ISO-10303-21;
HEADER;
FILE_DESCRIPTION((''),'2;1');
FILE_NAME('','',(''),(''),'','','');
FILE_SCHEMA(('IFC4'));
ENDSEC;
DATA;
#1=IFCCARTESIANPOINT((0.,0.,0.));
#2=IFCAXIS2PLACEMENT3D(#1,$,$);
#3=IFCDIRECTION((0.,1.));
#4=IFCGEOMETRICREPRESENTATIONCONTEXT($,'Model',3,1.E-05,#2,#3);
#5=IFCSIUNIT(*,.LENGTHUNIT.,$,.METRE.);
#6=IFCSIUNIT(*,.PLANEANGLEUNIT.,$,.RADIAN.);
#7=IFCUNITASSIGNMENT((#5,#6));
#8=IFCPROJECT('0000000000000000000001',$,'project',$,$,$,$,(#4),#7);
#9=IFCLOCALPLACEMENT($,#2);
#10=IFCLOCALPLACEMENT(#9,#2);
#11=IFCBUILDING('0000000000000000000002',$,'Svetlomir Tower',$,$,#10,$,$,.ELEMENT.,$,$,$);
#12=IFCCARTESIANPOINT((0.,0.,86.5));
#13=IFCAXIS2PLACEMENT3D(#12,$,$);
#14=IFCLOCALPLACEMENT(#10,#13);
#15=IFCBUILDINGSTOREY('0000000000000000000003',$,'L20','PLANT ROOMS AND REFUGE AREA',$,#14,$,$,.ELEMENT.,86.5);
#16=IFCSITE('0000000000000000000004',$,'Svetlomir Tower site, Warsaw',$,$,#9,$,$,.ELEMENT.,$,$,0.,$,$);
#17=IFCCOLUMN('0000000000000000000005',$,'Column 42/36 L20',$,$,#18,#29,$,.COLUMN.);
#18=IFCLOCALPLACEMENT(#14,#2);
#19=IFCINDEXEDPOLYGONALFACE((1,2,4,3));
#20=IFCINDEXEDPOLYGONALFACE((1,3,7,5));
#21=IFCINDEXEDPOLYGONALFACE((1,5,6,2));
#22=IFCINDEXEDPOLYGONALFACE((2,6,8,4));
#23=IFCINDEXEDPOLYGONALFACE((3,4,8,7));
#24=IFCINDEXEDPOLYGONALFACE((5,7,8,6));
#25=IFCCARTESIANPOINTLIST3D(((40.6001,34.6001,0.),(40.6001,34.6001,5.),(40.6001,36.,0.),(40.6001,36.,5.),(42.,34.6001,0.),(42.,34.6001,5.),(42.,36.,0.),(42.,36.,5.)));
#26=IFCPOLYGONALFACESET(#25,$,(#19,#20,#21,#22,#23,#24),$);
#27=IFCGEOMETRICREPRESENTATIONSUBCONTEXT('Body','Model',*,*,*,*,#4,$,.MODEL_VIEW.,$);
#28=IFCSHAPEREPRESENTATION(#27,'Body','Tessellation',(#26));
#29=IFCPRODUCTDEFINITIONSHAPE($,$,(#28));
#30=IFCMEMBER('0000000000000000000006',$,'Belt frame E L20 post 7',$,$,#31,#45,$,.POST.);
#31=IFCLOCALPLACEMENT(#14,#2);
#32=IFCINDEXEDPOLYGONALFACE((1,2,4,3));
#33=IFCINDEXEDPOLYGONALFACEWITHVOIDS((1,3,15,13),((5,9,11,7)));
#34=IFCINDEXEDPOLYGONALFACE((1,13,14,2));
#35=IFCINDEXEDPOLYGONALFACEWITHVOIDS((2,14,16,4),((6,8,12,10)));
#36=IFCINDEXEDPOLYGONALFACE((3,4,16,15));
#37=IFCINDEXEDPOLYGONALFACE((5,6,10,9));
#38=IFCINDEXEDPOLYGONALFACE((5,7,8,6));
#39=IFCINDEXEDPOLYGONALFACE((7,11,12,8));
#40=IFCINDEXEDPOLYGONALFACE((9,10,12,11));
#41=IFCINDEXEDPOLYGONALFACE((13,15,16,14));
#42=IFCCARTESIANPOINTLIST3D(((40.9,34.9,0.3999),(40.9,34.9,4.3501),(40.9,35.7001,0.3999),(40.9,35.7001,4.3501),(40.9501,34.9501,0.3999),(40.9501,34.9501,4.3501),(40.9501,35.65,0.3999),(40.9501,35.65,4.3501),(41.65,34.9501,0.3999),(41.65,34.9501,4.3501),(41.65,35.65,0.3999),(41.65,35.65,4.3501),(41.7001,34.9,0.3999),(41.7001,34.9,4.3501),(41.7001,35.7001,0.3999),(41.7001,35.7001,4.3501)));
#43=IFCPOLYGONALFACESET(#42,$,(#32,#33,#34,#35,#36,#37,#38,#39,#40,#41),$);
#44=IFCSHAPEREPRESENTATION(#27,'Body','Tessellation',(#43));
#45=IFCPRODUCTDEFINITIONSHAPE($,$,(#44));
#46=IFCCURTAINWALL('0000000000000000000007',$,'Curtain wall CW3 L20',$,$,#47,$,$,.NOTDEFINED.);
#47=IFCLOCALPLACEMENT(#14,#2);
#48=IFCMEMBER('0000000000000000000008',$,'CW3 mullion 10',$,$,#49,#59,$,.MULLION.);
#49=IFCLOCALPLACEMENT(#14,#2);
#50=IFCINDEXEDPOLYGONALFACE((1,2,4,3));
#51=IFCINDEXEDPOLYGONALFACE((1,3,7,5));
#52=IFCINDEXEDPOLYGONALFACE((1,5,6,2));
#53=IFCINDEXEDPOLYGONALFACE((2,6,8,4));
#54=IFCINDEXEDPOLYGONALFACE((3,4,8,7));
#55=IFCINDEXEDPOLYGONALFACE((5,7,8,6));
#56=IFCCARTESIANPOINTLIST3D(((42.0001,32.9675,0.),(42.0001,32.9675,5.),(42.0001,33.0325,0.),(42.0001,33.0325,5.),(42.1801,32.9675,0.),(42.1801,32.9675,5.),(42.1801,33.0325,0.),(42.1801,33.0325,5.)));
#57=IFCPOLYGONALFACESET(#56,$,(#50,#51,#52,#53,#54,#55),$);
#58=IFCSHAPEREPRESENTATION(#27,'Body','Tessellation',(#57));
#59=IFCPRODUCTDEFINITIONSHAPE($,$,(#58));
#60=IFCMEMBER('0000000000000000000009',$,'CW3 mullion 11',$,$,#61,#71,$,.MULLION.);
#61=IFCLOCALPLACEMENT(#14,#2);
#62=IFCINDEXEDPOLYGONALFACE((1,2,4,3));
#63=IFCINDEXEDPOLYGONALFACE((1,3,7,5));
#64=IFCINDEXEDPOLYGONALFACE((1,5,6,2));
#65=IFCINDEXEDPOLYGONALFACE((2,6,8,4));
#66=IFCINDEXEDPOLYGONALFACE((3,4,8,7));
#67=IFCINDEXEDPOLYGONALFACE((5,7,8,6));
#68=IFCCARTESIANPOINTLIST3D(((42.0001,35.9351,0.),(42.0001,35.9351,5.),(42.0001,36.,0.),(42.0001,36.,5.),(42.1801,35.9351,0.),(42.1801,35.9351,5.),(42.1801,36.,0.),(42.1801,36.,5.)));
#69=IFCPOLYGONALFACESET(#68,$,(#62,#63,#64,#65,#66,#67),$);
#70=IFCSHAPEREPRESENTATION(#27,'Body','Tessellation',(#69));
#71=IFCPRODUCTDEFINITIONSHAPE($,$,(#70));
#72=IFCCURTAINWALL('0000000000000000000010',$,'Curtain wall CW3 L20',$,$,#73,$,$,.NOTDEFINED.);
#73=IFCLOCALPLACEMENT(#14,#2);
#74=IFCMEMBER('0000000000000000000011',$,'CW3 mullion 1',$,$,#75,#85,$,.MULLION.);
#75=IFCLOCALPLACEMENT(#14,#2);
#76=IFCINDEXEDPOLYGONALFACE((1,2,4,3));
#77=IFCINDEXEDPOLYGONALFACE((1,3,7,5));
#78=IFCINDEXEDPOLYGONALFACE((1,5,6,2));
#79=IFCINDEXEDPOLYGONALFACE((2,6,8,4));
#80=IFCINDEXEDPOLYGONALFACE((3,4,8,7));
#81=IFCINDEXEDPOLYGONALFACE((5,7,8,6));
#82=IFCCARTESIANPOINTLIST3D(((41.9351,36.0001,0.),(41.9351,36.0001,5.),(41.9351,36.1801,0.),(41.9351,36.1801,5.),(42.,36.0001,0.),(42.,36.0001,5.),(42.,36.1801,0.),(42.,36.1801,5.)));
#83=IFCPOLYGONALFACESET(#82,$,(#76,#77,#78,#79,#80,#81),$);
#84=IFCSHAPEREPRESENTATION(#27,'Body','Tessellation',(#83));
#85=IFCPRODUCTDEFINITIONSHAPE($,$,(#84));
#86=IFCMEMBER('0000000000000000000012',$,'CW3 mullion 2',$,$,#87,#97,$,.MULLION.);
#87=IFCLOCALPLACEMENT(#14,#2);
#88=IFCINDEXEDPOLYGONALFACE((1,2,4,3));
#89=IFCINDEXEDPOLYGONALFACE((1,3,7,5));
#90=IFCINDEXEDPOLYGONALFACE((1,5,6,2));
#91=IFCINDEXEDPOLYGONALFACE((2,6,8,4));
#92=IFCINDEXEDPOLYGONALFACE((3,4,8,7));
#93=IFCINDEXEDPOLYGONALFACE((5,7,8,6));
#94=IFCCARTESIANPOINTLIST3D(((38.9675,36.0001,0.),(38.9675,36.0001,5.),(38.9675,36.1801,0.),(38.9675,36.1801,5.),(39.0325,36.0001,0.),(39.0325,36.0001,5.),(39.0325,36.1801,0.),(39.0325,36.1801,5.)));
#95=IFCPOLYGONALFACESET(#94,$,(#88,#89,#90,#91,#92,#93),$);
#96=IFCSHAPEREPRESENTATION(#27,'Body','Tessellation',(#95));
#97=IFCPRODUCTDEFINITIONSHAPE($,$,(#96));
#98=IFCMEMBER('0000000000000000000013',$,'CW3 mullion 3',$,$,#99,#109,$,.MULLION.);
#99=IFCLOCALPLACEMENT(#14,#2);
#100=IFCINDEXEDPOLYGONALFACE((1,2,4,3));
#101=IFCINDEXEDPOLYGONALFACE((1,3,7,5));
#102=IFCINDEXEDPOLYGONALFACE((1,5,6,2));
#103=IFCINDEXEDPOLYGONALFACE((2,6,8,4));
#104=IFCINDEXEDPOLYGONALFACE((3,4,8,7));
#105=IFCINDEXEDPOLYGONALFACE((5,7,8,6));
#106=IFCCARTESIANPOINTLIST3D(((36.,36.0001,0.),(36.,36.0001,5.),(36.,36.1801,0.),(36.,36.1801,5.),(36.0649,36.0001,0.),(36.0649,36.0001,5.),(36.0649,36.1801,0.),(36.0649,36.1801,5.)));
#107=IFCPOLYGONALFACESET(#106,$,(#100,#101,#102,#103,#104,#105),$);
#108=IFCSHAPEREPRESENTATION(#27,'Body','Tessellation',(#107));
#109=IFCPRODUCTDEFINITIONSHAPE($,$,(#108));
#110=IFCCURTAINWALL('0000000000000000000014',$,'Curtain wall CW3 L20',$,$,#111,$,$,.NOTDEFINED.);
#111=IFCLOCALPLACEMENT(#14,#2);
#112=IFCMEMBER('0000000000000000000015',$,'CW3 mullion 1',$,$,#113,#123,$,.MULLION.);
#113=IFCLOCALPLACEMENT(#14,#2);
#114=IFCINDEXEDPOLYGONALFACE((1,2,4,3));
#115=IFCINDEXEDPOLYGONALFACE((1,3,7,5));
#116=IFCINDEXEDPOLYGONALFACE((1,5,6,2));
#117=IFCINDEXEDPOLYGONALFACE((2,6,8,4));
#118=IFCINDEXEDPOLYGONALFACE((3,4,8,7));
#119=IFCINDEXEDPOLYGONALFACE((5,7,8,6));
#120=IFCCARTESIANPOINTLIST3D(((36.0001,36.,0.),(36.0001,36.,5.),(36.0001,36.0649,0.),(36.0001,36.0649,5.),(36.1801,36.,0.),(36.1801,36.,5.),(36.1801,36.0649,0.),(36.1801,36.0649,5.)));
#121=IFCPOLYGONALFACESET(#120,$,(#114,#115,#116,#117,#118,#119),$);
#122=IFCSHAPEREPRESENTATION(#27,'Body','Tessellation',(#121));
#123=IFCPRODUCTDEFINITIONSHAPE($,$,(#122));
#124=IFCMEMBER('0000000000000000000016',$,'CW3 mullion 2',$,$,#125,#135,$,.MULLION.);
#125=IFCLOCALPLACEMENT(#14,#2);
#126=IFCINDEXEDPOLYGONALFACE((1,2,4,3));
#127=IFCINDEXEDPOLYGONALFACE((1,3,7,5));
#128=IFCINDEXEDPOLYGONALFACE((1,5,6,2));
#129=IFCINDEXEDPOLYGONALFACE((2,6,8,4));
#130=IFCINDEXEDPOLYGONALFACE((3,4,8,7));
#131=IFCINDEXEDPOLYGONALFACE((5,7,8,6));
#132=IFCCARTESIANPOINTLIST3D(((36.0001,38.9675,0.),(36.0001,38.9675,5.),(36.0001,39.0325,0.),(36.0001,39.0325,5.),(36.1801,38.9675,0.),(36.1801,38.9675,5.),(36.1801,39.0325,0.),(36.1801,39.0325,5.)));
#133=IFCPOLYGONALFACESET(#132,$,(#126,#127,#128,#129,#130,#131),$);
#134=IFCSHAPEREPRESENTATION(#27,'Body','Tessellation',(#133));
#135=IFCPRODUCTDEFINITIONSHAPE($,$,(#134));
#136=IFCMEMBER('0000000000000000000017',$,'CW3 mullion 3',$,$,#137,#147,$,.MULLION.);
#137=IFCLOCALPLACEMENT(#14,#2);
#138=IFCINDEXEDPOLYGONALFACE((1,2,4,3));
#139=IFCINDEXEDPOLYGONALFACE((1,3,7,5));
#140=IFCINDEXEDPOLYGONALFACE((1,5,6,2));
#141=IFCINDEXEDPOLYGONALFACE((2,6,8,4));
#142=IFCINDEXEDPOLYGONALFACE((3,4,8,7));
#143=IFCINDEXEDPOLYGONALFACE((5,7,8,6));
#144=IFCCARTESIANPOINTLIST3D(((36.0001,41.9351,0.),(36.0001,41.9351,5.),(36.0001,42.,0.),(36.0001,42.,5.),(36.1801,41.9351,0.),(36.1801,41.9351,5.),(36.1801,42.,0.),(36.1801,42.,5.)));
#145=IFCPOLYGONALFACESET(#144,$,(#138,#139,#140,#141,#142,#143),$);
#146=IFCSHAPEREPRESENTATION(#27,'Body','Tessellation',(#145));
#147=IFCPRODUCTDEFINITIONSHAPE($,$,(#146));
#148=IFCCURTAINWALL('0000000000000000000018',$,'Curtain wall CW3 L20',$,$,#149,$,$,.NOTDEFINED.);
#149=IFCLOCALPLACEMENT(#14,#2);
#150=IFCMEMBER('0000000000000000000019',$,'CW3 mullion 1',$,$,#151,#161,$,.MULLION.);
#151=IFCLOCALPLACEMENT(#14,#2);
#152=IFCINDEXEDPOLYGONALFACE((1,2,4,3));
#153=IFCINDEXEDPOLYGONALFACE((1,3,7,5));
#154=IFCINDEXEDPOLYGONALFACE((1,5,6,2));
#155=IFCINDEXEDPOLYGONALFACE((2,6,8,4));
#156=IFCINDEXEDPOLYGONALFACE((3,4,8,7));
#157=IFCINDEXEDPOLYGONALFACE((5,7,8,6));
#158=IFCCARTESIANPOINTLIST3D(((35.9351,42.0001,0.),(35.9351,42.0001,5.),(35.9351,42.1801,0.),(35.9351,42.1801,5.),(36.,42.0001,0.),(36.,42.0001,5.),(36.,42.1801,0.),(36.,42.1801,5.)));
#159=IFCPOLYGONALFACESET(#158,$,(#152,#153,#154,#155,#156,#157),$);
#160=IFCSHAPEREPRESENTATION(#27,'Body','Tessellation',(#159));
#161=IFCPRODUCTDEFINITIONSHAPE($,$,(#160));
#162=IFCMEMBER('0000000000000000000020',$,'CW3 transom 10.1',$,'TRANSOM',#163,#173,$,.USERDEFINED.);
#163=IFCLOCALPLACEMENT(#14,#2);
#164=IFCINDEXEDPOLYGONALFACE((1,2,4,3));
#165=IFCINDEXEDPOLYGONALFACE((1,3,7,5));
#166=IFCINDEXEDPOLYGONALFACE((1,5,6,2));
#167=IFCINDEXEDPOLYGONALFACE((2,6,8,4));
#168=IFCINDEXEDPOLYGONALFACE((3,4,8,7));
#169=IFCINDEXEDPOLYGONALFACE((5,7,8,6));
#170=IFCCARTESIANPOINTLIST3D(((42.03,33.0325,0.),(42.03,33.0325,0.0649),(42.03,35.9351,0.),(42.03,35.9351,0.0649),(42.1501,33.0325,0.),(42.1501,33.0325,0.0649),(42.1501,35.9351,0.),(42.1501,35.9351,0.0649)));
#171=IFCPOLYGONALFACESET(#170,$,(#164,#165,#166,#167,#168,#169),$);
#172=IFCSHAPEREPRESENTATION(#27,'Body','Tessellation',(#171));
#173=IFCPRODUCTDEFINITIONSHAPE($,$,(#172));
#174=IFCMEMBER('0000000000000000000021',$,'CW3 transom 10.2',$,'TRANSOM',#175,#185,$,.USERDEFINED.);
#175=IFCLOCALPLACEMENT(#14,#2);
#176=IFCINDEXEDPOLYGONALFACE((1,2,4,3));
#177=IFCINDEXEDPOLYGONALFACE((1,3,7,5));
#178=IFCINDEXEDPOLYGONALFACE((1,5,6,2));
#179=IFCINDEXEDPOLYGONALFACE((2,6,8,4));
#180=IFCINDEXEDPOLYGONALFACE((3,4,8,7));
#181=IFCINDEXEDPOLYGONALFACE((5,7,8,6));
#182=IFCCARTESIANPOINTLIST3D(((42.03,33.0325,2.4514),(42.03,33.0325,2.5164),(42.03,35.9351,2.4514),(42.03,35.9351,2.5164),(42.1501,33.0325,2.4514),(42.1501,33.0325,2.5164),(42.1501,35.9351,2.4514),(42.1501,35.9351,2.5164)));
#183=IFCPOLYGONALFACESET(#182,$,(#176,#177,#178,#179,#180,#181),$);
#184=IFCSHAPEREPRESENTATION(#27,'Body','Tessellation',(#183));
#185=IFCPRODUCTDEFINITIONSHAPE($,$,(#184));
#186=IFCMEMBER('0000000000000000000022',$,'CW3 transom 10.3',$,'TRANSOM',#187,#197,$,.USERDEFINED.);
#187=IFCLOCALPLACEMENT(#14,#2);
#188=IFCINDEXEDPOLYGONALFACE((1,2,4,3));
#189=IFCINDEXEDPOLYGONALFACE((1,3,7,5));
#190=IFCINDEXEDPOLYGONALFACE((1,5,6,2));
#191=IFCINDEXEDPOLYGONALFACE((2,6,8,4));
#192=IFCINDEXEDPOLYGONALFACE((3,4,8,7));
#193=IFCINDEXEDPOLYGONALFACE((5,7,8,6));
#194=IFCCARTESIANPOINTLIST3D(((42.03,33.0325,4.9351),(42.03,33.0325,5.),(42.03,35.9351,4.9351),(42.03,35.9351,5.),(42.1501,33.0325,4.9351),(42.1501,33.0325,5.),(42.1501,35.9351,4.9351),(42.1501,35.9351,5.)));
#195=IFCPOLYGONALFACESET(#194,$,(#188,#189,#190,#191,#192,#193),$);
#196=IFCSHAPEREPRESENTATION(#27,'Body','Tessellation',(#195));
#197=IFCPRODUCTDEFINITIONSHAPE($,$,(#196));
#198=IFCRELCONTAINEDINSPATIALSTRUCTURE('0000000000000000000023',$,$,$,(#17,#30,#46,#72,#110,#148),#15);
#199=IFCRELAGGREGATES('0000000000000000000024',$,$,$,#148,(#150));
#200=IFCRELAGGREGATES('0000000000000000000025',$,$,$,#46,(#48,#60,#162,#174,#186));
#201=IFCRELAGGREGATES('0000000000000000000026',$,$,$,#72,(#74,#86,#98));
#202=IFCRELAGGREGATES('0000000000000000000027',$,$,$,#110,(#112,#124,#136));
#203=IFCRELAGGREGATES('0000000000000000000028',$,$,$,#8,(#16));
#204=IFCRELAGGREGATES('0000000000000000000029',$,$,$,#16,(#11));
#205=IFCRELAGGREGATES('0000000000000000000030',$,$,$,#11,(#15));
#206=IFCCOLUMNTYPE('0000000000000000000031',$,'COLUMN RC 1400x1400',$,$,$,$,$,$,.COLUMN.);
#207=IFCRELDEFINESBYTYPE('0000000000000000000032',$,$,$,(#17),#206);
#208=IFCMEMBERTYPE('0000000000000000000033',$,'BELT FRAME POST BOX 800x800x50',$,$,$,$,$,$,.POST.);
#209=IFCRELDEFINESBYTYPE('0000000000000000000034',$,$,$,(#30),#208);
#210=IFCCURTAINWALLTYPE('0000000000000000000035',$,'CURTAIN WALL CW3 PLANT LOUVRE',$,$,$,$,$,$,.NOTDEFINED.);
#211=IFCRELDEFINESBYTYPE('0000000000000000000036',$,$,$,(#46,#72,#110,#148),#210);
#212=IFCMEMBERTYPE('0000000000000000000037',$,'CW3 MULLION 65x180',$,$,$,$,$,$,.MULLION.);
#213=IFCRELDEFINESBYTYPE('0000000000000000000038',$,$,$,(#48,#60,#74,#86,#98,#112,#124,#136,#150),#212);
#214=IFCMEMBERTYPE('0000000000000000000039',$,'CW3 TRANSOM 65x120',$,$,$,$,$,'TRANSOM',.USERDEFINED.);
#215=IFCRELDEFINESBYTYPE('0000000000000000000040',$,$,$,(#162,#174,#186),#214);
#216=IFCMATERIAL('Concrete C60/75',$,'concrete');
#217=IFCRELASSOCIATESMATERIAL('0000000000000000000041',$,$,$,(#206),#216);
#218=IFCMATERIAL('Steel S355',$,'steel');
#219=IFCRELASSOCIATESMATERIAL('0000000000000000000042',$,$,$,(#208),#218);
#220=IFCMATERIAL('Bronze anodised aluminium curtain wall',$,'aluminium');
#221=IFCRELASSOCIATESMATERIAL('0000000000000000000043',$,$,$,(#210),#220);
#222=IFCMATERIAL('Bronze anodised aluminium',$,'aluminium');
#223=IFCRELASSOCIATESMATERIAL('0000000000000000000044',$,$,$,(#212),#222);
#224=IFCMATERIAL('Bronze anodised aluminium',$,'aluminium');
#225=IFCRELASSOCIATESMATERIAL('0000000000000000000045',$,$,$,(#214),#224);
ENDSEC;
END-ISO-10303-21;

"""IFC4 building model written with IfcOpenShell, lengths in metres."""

from ifc_helpers import new_model, si_unit, direction, frame, origin, origin_2d, place, context, subcontext, project, spatial, rectangle, hollow_rectangle, extrude, material, material_profile, profile_set, type_object, element, aggregate, save


model = new_model("IFC4")

# Units and contexts
model_context = context("Model", 3, precision=1e-05, world=origin(), true_north=direction((0.0, 1.0)))
body_context = subcontext(model_context, "Body", "Model", "MODEL_VIEW")
ifc_project = project(units=[si_unit("LENGTHUNIT", "METRE"), si_unit("PLANEANGLEUNIT", "RADIAN")], contexts=[model_context])

# Site, building, storey
site_placement = place(None, origin())
site = spatial("IfcSite", under=ifc_project, at=site_placement, Name="Svetlomir Tower site, Warsaw", CompositionType="ELEMENT", RefElevation=0.0)
building_placement = place(site_placement, origin())
building = spatial("IfcBuilding", under=site, at=building_placement, Name="Svetlomir Tower", CompositionType="ELEMENT")
storey_placement = place(building_placement, frame((0.0, 0.0, 86.5)))
storey = spatial("IfcBuildingStorey", under=building, at=storey_placement, Name="L20", Description="PLANT ROOMS AND REFUGE AREA", CompositionType="ELEMENT", Elevation=86.5)

# Column
ifc_material_1 = material(Name="Concrete C60/75", Category="concrete")
ifc_material_profile_1 = material_profile(ifc_material_1, rectangle(XDim=1.3999, YDim=1.3999, at=origin_2d()), Name="RC 1400x1400")
ifc_profile_set_1 = profile_set([ifc_material_profile_1], Name="Concrete C60/75")
column_type = type_object("IfcColumnType", Name="COLUMN RC 1400x1400", PredefinedType="COLUMN", material=ifc_profile_set_1)
column_placement = place(storey_placement, frame((41.3, 35.3, 0.0), z_axis=(0.0, 0.0, 1.0), x_axis=(1.0, 0.0, 0.0)))
element("IfcColumn", 1, at=column_placement, inside=storey, type_object=column_type, Name="Column 42/36 L20", PredefinedType="COLUMN", context=body_context, shape_type="SweptSolid", body=[
    extrude(rectangle(XDim=1.3999, YDim=1.3999, at=origin_2d()), origin(), (0.0, 0.0, 1.0), 5.0),
])

# Member
ifc_material_2 = material(Name="Steel S355", Category="steel")
ifc_material_profile_2 = material_profile(ifc_material_2, hollow_rectangle(XDim=0.8, YDim=0.8, WallThickness=0.05, at=origin_2d()), Name="BOX 800x800x50")
ifc_profile_set_2 = profile_set([ifc_material_profile_2], Name="Steel S355")
member_type_1 = type_object("IfcMemberType", Name="BELT FRAME POST BOX 800x800x50", PredefinedType="POST", material=ifc_profile_set_2)
member_1_placement = place(storey_placement, frame((41.3, 35.3, 0.3999), z_axis=(0.0, 0.0, 1.0), x_axis=(1.0, 0.0, 0.0)))
element("IfcMember", 2, at=member_1_placement, inside=storey, type_object=member_type_1, Name="Belt frame E L20 post 7", PredefinedType="POST", context=body_context, shape_type="SweptSolid", body=[
    extrude(hollow_rectangle(XDim=0.8, YDim=0.8, WallThickness=0.05, at=origin_2d()), origin(), (0.0, 0.0, 1.0), 3.9502),
])

# Curtain walls, members
ifc_material_3 = material(Name="Bronze anodised aluminium curtain wall", Category="aluminium")
curtain_wall_type = type_object("IfcCurtainWallType", Name="CURTAIN WALL CW3 PLANT LOUVRE", PredefinedType="NOTDEFINED", material=ifc_material_3)
curtain_wall_1_placement = place(storey_placement, origin())
curtain_wall_1 = element("IfcCurtainWall", 3, at=curtain_wall_1_placement, inside=storey, type_object=curtain_wall_type, Name="Curtain wall CW3 L20", PredefinedType="NOTDEFINED")
ifc_material_4 = material(Name="Bronze anodised aluminium", Category="aluminium")
ifc_material_profile_3 = material_profile(ifc_material_4, rectangle(XDim=0.0649, YDim=0.1799, at=origin_2d()), Name="AL 65x180")
ifc_profile_set_3 = profile_set([ifc_material_profile_3], Name="Bronze anodised aluminium 6063-T6")
member_type_2 = type_object("IfcMemberType", Name="CW3 MULLION 65x180", PredefinedType="MULLION", material=ifc_profile_set_3)
member_2_placement = place(storey_placement, frame((42.0901, 33.0, 0.0), z_axis=(0.0, 0.0, 1.0), x_axis=(0.0, 1.0, 0.0)))
member_2 = element("IfcMember", 4, at=member_2_placement, type_object=member_type_2, Name="CW3 mullion 10", PredefinedType="MULLION", context=body_context, shape_type="SweptSolid", body=[
    extrude(rectangle(XDim=0.0649, YDim=0.1799, at=origin_2d()), origin(), (0.0, 0.0, 1.0), 5.0),
])
member_3_placement = place(storey_placement, frame((42.0901, 35.9675, 0.0), z_axis=(0.0, 0.0, 1.0), x_axis=(0.0, 1.0, 0.0)))
member_3 = element("IfcMember", 5, at=member_3_placement, type_object=member_type_2, Name="CW3 mullion 11", PredefinedType="MULLION", context=body_context, shape_type="SweptSolid", body=[
    extrude(rectangle(XDim=0.0649, YDim=0.1799, at=origin_2d()), origin(), (0.0, 0.0, 1.0), 5.0),
])
curtain_wall_2_placement = place(storey_placement, origin())
curtain_wall_2 = element("IfcCurtainWall", 6, at=curtain_wall_2_placement, inside=storey, type_object=curtain_wall_type, Name="Curtain wall CW3 L20", PredefinedType="NOTDEFINED")
member_4_placement = place(storey_placement, frame((41.9675, 36.0901, 0.0), z_axis=(0.0, 0.0, 1.0), x_axis=(-1.0, 0.0, 0.0)))
member_4 = element("IfcMember", 7, at=member_4_placement, type_object=member_type_2, Name="CW3 mullion 1", PredefinedType="MULLION", context=body_context, shape_type="SweptSolid", body=[
    extrude(rectangle(XDim=0.0649, YDim=0.1799, at=origin_2d()), origin(), (0.0, 0.0, 1.0), 5.0),
])
member_5_placement = place(storey_placement, frame((39.0, 36.0901, 0.0), z_axis=(0.0, 0.0, 1.0), x_axis=(-1.0, 0.0, 0.0)))
member_5 = element("IfcMember", 8, at=member_5_placement, type_object=member_type_2, Name="CW3 mullion 2", PredefinedType="MULLION", context=body_context, shape_type="SweptSolid", body=[
    extrude(rectangle(XDim=0.0649, YDim=0.1799, at=origin_2d()), origin(), (0.0, 0.0, 1.0), 5.0),
])
member_6_placement = place(storey_placement, frame((36.0325, 36.0901, 0.0), z_axis=(0.0, 0.0, 1.0), x_axis=(-1.0, 0.0, 0.0)))
member_6 = element("IfcMember", 9, at=member_6_placement, type_object=member_type_2, Name="CW3 mullion 3", PredefinedType="MULLION", context=body_context, shape_type="SweptSolid", body=[
    extrude(rectangle(XDim=0.0649, YDim=0.1799, at=origin_2d()), origin(), (0.0, 0.0, 1.0), 5.0),
])
curtain_wall_3_placement = place(storey_placement, origin())
curtain_wall_3 = element("IfcCurtainWall", 10, at=curtain_wall_3_placement, inside=storey, type_object=curtain_wall_type, Name="Curtain wall CW3 L20", PredefinedType="NOTDEFINED")
member_7_placement = place(storey_placement, frame((36.0901, 36.0325, 0.0), z_axis=(0.0, 0.0, 1.0), x_axis=(0.0, 1.0, 0.0)))
member_7 = element("IfcMember", 11, at=member_7_placement, type_object=member_type_2, Name="CW3 mullion 1", PredefinedType="MULLION", context=body_context, shape_type="SweptSolid", body=[
    extrude(rectangle(XDim=0.0649, YDim=0.1799, at=origin_2d()), origin(), (0.0, 0.0, 1.0), 5.0),
])
member_8_placement = place(storey_placement, frame((36.0901, 39.0, 0.0), z_axis=(0.0, 0.0, 1.0), x_axis=(0.0, 1.0, 0.0)))
member_8 = element("IfcMember", 12, at=member_8_placement, type_object=member_type_2, Name="CW3 mullion 2", PredefinedType="MULLION", context=body_context, shape_type="SweptSolid", body=[
    extrude(rectangle(XDim=0.0649, YDim=0.1799, at=origin_2d()), origin(), (0.0, 0.0, 1.0), 5.0),
])
member_9_placement = place(storey_placement, frame((36.0901, 41.9675, 0.0), z_axis=(0.0, 0.0, 1.0), x_axis=(0.0, 1.0, 0.0)))
member_9 = element("IfcMember", 13, at=member_9_placement, type_object=member_type_2, Name="CW3 mullion 3", PredefinedType="MULLION", context=body_context, shape_type="SweptSolid", body=[
    extrude(rectangle(XDim=0.0649, YDim=0.1799, at=origin_2d()), origin(), (0.0, 0.0, 1.0), 5.0),
])

# Curtain wall, member
curtain_wall_4_placement = place(storey_placement, origin())
curtain_wall_4 = element("IfcCurtainWall", 14, at=curtain_wall_4_placement, inside=storey, type_object=curtain_wall_type, Name="Curtain wall CW3 L20", PredefinedType="NOTDEFINED")
member_10_placement = place(storey_placement, frame((35.9675, 42.0901, 0.0), z_axis=(0.0, 0.0, 1.0), x_axis=(-1.0, 0.0, 0.0)))
member_10 = element("IfcMember", 15, at=member_10_placement, type_object=member_type_2, Name="CW3 mullion 1", PredefinedType="MULLION", context=body_context, shape_type="SweptSolid", body=[
    extrude(rectangle(XDim=0.0649, YDim=0.1799, at=origin_2d()), origin(), (0.0, 0.0, 1.0), 5.0),
])

# Members
ifc_material_5 = material(Name="Bronze anodised aluminium", Category="aluminium")
ifc_material_profile_4 = material_profile(ifc_material_5, rectangle(XDim=0.1201, YDim=0.0649, at=origin_2d()), Name="AL 120x65")
ifc_profile_set_4 = profile_set([ifc_material_profile_4], Name="Bronze anodised aluminium 6063-T6")
member_type_3 = type_object("IfcMemberType", Name="CW3 TRANSOM 65x120", ElementType="TRANSOM", PredefinedType="USERDEFINED", material=ifc_profile_set_4)
member_11_placement = place(storey_placement, frame((42.0901, 33.0325, 0.0325), z_axis=(0.0, 1.0, 0.0), x_axis=(-1.0, 0.0, 0.0)))
member_11 = element("IfcMember", 16, at=member_11_placement, type_object=member_type_3, Name="CW3 transom 10.1", ObjectType="TRANSOM", PredefinedType="USERDEFINED", context=body_context, shape_type="SweptSolid", body=[
    extrude(rectangle(XDim=0.1201, YDim=0.0649, at=origin_2d()), origin(), (0.0, 0.0, 1.0), 2.9026),
])
member_12_placement = place(storey_placement, frame((42.0901, 33.0325, 2.4839), z_axis=(0.0, 1.0, 0.0), x_axis=(-1.0, 0.0, 0.0)))
member_12 = element("IfcMember", 17, at=member_12_placement, type_object=member_type_3, Name="CW3 transom 10.2", ObjectType="TRANSOM", PredefinedType="USERDEFINED", context=body_context, shape_type="SweptSolid", body=[
    extrude(rectangle(XDim=0.1201, YDim=0.0649, at=origin_2d()), origin(), (0.0, 0.0, 1.0), 2.9026),
])
member_13_placement = place(storey_placement, frame((42.0901, 33.0325, 4.9675), z_axis=(0.0, 1.0, 0.0), x_axis=(-1.0, 0.0, 0.0)))
member_13 = element("IfcMember", 18, at=member_13_placement, type_object=member_type_3, Name="CW3 transom 10.3", ObjectType="TRANSOM", PredefinedType="USERDEFINED", context=body_context, shape_type="SweptSolid", body=[
    extrude(rectangle(XDim=0.1201, YDim=0.0649, at=origin_2d()), origin(), (0.0, 0.0, 1.0), 2.9026),
])
aggregate(curtain_wall_4, [member_10])

aggregate(curtain_wall_1, [member_2, member_3, member_11, member_12, member_13])
aggregate(curtain_wall_2, [member_4, member_5, member_6])
aggregate(curtain_wall_3, [member_7, member_8, member_9])

save(model, "model.ifc")
